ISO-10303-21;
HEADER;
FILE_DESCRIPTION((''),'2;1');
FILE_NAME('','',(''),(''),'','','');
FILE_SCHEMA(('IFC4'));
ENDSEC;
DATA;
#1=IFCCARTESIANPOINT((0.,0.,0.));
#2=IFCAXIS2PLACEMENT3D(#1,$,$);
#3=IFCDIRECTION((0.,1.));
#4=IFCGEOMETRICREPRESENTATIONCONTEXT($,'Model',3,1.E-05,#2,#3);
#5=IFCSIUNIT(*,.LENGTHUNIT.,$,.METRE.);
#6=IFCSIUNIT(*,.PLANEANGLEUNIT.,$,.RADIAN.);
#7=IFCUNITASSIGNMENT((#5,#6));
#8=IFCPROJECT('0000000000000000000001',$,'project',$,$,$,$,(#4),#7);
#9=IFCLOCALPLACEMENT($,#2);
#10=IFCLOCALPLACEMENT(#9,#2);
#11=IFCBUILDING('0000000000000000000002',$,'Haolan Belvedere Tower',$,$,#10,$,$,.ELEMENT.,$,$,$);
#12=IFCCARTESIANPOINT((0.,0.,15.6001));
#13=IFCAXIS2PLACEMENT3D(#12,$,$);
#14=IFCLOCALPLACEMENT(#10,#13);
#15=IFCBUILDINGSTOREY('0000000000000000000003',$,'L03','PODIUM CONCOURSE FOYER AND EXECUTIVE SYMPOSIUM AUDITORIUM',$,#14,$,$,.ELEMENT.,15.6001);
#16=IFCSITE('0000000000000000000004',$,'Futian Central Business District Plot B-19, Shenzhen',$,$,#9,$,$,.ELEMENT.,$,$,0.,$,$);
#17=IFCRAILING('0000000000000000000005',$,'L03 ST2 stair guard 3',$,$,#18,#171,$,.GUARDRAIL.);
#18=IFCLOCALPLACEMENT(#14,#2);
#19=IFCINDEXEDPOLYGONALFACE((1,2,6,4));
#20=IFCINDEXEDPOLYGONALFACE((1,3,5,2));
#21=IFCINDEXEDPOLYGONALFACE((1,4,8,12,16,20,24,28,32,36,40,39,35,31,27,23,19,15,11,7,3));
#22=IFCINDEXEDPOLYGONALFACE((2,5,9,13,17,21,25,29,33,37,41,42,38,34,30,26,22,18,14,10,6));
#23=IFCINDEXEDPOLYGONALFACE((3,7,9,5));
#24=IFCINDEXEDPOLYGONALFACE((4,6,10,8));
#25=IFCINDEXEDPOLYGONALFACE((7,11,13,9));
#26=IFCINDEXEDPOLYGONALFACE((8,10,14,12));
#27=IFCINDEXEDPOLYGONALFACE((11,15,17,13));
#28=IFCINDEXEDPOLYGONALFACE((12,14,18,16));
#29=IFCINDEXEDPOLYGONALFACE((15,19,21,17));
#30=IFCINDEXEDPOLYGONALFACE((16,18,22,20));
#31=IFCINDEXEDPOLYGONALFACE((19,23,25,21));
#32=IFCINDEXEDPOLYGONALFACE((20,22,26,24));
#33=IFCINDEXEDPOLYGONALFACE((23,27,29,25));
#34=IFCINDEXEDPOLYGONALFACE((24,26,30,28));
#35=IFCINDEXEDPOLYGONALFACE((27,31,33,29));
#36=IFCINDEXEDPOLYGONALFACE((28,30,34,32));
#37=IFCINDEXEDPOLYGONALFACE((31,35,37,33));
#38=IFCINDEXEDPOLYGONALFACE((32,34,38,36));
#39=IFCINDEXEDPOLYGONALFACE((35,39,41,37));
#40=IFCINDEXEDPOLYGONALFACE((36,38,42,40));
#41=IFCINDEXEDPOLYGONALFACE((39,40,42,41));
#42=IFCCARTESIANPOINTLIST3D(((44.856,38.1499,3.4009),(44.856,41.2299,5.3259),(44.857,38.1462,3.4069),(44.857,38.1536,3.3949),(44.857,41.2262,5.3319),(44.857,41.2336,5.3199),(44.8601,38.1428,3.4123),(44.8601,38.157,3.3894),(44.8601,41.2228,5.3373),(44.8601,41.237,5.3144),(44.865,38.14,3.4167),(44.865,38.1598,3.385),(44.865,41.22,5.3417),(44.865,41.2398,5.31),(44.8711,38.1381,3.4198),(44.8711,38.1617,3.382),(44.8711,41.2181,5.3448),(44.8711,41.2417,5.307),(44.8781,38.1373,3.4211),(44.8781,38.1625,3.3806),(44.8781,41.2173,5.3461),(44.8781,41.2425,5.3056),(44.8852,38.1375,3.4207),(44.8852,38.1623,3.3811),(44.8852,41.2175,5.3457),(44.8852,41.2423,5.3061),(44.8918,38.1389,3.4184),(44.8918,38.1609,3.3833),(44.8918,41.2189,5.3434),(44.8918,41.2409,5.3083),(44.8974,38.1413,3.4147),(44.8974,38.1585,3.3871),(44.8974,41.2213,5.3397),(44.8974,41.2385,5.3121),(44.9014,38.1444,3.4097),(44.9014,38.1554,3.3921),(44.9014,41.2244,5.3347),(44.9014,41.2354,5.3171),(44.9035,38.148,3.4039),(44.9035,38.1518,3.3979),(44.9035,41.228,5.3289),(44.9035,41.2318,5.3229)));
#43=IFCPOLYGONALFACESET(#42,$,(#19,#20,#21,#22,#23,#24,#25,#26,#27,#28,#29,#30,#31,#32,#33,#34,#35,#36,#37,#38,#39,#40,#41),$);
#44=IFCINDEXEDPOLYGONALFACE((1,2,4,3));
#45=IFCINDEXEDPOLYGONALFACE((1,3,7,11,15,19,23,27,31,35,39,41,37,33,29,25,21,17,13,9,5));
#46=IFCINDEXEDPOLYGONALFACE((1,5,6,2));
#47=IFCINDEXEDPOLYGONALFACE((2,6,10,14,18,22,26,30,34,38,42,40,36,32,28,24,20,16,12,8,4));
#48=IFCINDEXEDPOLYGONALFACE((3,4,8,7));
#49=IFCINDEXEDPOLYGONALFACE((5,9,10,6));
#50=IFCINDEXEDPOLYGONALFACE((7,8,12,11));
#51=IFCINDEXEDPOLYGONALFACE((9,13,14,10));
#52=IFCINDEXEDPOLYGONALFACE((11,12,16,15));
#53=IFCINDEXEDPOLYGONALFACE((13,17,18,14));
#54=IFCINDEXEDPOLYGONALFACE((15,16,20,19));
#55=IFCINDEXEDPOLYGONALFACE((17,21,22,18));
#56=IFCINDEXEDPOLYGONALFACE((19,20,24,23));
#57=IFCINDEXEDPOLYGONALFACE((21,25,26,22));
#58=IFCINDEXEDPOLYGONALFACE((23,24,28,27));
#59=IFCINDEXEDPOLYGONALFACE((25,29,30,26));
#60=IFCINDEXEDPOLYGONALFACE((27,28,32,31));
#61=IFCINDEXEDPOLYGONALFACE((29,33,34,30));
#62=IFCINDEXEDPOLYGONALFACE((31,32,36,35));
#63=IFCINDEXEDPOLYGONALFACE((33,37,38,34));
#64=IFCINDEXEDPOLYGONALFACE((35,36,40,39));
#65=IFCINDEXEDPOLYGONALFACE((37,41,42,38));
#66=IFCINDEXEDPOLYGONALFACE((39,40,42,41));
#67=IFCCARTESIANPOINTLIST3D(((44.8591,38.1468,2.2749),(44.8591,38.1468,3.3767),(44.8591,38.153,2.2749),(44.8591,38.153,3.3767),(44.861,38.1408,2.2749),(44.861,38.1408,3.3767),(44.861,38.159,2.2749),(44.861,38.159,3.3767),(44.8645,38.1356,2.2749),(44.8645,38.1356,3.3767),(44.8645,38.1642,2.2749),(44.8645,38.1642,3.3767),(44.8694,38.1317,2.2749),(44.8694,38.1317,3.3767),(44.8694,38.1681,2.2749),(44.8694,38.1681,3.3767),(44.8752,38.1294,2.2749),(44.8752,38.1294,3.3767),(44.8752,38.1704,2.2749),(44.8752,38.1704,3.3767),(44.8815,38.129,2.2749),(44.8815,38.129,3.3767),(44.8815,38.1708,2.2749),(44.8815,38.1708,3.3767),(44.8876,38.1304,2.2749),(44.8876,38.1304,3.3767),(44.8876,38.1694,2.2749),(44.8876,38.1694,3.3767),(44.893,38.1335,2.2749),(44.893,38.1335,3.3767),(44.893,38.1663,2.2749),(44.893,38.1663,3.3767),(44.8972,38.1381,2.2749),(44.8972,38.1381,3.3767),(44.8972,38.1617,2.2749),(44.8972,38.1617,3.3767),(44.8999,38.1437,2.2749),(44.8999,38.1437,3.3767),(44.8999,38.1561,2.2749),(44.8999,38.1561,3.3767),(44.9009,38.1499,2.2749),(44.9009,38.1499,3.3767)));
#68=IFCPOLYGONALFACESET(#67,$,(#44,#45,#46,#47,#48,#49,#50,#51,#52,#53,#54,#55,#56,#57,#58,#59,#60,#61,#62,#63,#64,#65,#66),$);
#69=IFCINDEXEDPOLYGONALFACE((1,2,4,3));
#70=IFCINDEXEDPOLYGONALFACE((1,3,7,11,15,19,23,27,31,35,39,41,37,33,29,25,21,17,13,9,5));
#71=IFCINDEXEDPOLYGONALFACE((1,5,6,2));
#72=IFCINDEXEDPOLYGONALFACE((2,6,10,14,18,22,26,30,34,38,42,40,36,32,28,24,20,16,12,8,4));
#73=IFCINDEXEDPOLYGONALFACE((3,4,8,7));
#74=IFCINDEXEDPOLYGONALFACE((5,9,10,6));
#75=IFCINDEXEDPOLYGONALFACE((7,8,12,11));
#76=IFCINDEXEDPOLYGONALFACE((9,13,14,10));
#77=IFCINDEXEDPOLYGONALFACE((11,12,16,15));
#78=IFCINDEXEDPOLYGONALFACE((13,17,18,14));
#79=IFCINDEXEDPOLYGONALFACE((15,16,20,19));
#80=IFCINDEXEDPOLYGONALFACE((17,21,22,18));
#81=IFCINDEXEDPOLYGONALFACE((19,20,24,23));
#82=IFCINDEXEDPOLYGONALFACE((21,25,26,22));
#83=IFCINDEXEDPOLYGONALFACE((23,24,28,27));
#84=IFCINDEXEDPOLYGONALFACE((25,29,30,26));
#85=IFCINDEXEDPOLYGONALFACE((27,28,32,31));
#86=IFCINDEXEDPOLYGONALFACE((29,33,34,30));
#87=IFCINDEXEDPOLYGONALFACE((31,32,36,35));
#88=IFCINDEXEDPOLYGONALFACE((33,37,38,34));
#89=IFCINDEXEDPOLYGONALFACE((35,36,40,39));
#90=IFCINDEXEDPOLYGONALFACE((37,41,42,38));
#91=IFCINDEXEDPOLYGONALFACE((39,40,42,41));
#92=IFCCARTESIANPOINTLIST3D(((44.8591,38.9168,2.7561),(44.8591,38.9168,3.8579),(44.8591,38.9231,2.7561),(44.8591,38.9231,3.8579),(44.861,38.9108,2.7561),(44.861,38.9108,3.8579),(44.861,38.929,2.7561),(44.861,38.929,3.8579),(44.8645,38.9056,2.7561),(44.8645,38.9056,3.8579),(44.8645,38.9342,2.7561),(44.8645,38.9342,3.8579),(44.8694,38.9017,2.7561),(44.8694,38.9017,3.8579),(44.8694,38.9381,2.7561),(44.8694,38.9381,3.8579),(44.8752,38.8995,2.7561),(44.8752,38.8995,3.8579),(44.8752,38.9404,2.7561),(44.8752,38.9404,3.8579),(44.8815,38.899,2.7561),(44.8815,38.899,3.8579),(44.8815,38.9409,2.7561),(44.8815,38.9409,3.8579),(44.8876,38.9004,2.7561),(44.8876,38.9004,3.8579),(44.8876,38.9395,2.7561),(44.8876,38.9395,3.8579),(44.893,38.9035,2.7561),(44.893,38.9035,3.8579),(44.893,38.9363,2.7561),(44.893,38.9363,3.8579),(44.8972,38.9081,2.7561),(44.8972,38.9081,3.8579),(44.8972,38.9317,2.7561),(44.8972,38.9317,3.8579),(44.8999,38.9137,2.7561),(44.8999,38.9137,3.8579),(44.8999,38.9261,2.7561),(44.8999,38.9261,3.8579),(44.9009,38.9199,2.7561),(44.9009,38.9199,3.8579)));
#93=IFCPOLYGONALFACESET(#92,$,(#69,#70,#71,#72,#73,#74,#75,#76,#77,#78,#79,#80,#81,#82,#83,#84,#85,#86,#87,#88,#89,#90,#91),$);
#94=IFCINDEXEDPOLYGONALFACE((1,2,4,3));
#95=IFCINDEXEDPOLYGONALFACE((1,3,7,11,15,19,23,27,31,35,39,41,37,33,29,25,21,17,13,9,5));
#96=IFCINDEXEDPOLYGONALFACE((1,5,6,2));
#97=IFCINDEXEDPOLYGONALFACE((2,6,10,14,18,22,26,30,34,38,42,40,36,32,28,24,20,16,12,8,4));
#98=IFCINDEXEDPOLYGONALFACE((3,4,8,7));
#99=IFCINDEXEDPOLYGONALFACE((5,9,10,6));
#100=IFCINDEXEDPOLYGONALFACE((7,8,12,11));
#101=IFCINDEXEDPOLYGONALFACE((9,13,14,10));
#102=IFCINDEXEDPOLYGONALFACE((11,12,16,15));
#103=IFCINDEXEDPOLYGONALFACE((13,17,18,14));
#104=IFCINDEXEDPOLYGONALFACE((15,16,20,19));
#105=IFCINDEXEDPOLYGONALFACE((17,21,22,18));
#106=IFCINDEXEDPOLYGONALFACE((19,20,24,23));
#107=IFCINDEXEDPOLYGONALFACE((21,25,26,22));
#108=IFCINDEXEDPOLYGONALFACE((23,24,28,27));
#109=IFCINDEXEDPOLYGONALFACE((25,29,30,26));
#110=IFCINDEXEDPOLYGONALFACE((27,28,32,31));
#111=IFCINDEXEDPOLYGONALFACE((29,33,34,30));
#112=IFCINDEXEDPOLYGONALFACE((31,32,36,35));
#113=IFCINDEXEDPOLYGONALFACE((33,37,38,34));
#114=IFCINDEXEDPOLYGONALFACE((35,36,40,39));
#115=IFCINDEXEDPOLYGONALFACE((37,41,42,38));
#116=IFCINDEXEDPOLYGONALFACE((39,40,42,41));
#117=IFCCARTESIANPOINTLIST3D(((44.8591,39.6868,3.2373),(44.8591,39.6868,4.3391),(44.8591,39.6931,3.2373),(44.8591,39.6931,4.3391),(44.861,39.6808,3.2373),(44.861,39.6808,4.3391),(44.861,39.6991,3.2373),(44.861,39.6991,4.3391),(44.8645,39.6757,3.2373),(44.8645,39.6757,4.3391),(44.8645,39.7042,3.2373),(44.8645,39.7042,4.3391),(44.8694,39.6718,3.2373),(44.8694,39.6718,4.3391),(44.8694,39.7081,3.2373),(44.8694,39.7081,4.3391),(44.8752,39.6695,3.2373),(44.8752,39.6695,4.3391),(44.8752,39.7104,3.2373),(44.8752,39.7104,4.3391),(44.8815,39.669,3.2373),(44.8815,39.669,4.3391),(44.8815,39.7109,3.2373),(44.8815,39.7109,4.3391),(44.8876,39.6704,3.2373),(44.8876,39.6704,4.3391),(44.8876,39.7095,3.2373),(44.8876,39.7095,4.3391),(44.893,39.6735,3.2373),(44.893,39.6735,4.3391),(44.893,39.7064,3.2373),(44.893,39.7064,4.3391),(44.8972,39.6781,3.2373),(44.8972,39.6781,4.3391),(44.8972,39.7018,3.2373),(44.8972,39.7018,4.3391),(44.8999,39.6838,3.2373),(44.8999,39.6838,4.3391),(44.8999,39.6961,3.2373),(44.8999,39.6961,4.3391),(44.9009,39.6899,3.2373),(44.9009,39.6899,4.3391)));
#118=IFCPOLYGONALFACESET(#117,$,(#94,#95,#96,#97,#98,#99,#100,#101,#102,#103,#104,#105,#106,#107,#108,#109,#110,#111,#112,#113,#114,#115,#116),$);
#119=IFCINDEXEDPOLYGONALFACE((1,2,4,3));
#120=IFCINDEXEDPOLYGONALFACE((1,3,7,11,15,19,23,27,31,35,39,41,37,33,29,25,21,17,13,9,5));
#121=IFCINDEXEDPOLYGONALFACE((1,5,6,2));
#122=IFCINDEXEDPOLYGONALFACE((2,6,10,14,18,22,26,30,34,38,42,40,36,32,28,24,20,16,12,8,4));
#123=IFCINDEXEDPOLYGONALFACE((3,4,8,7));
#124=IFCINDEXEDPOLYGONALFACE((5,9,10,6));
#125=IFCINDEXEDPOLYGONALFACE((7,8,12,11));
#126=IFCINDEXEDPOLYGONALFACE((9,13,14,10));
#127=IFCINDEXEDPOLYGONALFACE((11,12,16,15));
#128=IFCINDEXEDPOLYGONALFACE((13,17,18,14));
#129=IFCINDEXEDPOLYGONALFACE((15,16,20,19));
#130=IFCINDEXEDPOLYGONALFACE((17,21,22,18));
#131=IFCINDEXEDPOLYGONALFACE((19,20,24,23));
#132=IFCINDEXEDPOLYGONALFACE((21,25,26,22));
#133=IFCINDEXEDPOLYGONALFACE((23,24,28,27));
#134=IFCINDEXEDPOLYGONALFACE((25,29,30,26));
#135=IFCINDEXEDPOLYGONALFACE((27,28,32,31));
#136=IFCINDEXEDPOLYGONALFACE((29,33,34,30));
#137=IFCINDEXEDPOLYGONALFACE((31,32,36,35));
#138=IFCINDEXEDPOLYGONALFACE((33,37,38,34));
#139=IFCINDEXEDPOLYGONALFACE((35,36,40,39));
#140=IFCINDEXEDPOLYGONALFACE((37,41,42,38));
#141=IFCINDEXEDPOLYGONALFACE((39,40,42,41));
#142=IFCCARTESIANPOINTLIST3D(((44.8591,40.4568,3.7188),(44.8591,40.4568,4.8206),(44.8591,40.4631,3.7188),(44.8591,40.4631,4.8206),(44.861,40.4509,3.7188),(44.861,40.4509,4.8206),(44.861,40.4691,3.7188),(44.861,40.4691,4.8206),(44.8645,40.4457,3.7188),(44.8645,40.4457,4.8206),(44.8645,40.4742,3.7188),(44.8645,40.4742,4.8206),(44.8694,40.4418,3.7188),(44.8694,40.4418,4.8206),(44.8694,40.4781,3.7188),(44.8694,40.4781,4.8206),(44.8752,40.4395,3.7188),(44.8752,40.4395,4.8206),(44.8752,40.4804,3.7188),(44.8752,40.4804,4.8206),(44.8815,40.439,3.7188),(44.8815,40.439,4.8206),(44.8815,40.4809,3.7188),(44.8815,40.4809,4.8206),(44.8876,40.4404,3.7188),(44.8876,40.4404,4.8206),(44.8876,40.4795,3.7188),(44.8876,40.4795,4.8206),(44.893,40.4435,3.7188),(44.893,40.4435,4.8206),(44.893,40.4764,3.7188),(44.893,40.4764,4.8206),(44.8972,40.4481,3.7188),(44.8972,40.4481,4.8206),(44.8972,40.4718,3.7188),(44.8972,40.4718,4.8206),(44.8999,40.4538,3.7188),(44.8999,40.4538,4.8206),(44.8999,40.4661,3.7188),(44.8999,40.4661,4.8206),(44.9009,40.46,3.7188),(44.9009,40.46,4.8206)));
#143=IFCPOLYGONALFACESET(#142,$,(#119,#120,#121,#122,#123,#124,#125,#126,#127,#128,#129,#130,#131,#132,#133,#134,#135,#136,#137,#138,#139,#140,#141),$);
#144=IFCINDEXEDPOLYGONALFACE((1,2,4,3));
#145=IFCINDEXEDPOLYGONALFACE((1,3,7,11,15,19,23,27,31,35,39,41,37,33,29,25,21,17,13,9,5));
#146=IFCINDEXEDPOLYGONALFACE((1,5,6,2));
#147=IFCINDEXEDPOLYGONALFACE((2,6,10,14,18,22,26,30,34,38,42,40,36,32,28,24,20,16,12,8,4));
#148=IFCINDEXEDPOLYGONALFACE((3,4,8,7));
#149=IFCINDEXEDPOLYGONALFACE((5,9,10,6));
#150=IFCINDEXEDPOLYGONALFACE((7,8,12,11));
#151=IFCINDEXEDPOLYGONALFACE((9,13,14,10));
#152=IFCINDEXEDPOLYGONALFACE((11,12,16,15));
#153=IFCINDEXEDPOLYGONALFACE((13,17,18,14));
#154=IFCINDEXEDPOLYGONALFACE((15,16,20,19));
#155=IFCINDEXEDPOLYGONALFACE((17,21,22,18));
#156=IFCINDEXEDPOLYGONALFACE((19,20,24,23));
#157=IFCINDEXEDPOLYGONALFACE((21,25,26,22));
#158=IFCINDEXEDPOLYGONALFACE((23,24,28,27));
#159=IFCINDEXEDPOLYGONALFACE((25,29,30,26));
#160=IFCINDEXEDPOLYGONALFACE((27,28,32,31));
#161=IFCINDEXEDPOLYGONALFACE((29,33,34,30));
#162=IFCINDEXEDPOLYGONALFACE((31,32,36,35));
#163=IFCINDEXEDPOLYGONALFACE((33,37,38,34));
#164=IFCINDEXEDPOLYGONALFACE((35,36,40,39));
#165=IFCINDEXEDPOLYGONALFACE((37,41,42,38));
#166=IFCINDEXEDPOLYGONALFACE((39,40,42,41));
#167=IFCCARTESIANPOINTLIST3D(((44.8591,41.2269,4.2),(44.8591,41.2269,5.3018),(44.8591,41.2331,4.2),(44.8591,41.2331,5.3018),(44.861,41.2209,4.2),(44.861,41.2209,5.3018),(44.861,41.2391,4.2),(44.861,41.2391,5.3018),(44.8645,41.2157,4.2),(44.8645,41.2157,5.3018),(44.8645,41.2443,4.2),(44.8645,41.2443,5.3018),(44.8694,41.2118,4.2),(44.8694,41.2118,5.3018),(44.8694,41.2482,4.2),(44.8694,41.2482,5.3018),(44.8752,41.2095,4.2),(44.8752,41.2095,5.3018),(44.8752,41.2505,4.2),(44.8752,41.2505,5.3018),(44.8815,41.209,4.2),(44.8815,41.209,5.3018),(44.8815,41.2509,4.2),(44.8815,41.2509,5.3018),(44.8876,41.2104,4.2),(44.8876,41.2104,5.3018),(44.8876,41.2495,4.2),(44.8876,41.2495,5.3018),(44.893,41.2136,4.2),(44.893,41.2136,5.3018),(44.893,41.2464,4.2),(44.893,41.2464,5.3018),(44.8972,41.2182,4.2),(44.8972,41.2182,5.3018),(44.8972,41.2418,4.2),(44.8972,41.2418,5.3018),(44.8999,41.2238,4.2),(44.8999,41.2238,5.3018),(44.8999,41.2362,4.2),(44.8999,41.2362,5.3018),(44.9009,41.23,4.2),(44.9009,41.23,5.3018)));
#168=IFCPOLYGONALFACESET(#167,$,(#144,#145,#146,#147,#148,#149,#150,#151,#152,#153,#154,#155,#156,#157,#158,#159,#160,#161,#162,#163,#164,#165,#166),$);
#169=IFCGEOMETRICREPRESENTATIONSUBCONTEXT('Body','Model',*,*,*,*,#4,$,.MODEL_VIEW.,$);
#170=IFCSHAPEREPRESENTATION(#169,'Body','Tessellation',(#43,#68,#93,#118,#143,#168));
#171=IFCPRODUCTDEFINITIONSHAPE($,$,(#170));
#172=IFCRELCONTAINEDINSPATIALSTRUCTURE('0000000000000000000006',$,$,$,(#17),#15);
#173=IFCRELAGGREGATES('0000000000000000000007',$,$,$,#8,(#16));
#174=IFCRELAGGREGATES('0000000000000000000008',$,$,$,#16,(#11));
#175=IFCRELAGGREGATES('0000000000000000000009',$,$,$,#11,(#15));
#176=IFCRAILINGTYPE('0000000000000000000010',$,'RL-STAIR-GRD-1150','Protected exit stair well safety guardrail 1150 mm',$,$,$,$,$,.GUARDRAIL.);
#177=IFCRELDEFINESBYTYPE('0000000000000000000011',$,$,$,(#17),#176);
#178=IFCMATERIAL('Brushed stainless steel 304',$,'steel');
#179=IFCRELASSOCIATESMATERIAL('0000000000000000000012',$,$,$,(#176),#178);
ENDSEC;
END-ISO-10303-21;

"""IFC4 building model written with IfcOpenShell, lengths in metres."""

from ifc_helpers import new_model, si_unit, direction, frame, origin, origin_2d, place, context, subcontext, project, spatial, circle, extrude, material, type_object, element, save


model = new_model("IFC4")

# Units and contexts
model_context = context("Model", 3, precision=1e-05, world=origin(), true_north=direction((0.0, 1.0)))
body_context = subcontext(model_context, "Body", "Model", "MODEL_VIEW")
ifc_project = project(units=[si_unit("LENGTHUNIT", "METRE"), si_unit("PLANEANGLEUNIT", "RADIAN")], contexts=[model_context])

# Site, building, storey
site_placement = place(None, origin())
site = spatial("IfcSite", under=ifc_project, at=site_placement, Name="Futian Central Business District Plot B-19, Shenzhen", CompositionType="ELEMENT", RefElevation=0.0)
building_placement = place(site_placement, origin())
building = spatial("IfcBuilding", under=site, at=building_placement, Name="Haolan Belvedere Tower", CompositionType="ELEMENT")
storey_placement = place(building_placement, frame((0.0, 0.0, 15.6001)))
storey = spatial("IfcBuildingStorey", under=building, at=storey_placement, Name="L03", Description="PODIUM CONCOURSE FOYER AND EXECUTIVE SYMPOSIUM AUDITORIUM", CompositionType="ELEMENT", Elevation=15.6001)

# Railing
ifc_material_1 = material(Name="Brushed stainless steel 304", Category="steel")
railing_type_1 = type_object("IfcRailingType", Name="RL-STAIR-GRD-1150", Description="Protected exit stair well safety guardrail 1150 mm", PredefinedType="GUARDRAIL", material=ifc_material_1)
railing_1_placement = place(storey_placement, frame((44.8799, 38.1499, 2.2749)))
element("IfcRailing", 1, at=railing_1_placement, inside=storey, type_object=railing_type_1, Name="L03 ST2 stair guard 3", PredefinedType="GUARDRAIL", context=body_context, shape_type="SweptSolid", body=[
    extrude(circle(Radius=0.0239, at=origin_2d()), frame((0.0, 0.0, 1.126), z_axis=(0.0, 0.847998, 0.529999), x_axis=(-1.0, 0.0, 0.0)), (0.0, 0.0, 1.0), 3.6321),
    extrude(circle(Radius=0.021, at=origin_2d()), origin(), (0.0, 0.0, 1.0), 1.1018),
    extrude(circle(Radius=0.021, at=origin_2d()), frame((0.0, 0.77, 0.4812)), (0.0, 0.0, 1.0), 1.1018),
    extrude(circle(Radius=0.021, at=origin_2d()), frame((0.0, 1.54, 0.9624)), (0.0, 0.0, 1.0), 1.1018),
    extrude(circle(Radius=0.021, at=origin_2d()), frame((0.0, 2.3101, 1.4438)), (0.0, 0.0, 1.0), 1.1018),
    extrude(circle(Radius=0.021, at=origin_2d()), frame((0.0, 3.0801, 1.925)), (0.0, 0.0, 1.0), 1.1018),
])

save(model, "model.ifc")
